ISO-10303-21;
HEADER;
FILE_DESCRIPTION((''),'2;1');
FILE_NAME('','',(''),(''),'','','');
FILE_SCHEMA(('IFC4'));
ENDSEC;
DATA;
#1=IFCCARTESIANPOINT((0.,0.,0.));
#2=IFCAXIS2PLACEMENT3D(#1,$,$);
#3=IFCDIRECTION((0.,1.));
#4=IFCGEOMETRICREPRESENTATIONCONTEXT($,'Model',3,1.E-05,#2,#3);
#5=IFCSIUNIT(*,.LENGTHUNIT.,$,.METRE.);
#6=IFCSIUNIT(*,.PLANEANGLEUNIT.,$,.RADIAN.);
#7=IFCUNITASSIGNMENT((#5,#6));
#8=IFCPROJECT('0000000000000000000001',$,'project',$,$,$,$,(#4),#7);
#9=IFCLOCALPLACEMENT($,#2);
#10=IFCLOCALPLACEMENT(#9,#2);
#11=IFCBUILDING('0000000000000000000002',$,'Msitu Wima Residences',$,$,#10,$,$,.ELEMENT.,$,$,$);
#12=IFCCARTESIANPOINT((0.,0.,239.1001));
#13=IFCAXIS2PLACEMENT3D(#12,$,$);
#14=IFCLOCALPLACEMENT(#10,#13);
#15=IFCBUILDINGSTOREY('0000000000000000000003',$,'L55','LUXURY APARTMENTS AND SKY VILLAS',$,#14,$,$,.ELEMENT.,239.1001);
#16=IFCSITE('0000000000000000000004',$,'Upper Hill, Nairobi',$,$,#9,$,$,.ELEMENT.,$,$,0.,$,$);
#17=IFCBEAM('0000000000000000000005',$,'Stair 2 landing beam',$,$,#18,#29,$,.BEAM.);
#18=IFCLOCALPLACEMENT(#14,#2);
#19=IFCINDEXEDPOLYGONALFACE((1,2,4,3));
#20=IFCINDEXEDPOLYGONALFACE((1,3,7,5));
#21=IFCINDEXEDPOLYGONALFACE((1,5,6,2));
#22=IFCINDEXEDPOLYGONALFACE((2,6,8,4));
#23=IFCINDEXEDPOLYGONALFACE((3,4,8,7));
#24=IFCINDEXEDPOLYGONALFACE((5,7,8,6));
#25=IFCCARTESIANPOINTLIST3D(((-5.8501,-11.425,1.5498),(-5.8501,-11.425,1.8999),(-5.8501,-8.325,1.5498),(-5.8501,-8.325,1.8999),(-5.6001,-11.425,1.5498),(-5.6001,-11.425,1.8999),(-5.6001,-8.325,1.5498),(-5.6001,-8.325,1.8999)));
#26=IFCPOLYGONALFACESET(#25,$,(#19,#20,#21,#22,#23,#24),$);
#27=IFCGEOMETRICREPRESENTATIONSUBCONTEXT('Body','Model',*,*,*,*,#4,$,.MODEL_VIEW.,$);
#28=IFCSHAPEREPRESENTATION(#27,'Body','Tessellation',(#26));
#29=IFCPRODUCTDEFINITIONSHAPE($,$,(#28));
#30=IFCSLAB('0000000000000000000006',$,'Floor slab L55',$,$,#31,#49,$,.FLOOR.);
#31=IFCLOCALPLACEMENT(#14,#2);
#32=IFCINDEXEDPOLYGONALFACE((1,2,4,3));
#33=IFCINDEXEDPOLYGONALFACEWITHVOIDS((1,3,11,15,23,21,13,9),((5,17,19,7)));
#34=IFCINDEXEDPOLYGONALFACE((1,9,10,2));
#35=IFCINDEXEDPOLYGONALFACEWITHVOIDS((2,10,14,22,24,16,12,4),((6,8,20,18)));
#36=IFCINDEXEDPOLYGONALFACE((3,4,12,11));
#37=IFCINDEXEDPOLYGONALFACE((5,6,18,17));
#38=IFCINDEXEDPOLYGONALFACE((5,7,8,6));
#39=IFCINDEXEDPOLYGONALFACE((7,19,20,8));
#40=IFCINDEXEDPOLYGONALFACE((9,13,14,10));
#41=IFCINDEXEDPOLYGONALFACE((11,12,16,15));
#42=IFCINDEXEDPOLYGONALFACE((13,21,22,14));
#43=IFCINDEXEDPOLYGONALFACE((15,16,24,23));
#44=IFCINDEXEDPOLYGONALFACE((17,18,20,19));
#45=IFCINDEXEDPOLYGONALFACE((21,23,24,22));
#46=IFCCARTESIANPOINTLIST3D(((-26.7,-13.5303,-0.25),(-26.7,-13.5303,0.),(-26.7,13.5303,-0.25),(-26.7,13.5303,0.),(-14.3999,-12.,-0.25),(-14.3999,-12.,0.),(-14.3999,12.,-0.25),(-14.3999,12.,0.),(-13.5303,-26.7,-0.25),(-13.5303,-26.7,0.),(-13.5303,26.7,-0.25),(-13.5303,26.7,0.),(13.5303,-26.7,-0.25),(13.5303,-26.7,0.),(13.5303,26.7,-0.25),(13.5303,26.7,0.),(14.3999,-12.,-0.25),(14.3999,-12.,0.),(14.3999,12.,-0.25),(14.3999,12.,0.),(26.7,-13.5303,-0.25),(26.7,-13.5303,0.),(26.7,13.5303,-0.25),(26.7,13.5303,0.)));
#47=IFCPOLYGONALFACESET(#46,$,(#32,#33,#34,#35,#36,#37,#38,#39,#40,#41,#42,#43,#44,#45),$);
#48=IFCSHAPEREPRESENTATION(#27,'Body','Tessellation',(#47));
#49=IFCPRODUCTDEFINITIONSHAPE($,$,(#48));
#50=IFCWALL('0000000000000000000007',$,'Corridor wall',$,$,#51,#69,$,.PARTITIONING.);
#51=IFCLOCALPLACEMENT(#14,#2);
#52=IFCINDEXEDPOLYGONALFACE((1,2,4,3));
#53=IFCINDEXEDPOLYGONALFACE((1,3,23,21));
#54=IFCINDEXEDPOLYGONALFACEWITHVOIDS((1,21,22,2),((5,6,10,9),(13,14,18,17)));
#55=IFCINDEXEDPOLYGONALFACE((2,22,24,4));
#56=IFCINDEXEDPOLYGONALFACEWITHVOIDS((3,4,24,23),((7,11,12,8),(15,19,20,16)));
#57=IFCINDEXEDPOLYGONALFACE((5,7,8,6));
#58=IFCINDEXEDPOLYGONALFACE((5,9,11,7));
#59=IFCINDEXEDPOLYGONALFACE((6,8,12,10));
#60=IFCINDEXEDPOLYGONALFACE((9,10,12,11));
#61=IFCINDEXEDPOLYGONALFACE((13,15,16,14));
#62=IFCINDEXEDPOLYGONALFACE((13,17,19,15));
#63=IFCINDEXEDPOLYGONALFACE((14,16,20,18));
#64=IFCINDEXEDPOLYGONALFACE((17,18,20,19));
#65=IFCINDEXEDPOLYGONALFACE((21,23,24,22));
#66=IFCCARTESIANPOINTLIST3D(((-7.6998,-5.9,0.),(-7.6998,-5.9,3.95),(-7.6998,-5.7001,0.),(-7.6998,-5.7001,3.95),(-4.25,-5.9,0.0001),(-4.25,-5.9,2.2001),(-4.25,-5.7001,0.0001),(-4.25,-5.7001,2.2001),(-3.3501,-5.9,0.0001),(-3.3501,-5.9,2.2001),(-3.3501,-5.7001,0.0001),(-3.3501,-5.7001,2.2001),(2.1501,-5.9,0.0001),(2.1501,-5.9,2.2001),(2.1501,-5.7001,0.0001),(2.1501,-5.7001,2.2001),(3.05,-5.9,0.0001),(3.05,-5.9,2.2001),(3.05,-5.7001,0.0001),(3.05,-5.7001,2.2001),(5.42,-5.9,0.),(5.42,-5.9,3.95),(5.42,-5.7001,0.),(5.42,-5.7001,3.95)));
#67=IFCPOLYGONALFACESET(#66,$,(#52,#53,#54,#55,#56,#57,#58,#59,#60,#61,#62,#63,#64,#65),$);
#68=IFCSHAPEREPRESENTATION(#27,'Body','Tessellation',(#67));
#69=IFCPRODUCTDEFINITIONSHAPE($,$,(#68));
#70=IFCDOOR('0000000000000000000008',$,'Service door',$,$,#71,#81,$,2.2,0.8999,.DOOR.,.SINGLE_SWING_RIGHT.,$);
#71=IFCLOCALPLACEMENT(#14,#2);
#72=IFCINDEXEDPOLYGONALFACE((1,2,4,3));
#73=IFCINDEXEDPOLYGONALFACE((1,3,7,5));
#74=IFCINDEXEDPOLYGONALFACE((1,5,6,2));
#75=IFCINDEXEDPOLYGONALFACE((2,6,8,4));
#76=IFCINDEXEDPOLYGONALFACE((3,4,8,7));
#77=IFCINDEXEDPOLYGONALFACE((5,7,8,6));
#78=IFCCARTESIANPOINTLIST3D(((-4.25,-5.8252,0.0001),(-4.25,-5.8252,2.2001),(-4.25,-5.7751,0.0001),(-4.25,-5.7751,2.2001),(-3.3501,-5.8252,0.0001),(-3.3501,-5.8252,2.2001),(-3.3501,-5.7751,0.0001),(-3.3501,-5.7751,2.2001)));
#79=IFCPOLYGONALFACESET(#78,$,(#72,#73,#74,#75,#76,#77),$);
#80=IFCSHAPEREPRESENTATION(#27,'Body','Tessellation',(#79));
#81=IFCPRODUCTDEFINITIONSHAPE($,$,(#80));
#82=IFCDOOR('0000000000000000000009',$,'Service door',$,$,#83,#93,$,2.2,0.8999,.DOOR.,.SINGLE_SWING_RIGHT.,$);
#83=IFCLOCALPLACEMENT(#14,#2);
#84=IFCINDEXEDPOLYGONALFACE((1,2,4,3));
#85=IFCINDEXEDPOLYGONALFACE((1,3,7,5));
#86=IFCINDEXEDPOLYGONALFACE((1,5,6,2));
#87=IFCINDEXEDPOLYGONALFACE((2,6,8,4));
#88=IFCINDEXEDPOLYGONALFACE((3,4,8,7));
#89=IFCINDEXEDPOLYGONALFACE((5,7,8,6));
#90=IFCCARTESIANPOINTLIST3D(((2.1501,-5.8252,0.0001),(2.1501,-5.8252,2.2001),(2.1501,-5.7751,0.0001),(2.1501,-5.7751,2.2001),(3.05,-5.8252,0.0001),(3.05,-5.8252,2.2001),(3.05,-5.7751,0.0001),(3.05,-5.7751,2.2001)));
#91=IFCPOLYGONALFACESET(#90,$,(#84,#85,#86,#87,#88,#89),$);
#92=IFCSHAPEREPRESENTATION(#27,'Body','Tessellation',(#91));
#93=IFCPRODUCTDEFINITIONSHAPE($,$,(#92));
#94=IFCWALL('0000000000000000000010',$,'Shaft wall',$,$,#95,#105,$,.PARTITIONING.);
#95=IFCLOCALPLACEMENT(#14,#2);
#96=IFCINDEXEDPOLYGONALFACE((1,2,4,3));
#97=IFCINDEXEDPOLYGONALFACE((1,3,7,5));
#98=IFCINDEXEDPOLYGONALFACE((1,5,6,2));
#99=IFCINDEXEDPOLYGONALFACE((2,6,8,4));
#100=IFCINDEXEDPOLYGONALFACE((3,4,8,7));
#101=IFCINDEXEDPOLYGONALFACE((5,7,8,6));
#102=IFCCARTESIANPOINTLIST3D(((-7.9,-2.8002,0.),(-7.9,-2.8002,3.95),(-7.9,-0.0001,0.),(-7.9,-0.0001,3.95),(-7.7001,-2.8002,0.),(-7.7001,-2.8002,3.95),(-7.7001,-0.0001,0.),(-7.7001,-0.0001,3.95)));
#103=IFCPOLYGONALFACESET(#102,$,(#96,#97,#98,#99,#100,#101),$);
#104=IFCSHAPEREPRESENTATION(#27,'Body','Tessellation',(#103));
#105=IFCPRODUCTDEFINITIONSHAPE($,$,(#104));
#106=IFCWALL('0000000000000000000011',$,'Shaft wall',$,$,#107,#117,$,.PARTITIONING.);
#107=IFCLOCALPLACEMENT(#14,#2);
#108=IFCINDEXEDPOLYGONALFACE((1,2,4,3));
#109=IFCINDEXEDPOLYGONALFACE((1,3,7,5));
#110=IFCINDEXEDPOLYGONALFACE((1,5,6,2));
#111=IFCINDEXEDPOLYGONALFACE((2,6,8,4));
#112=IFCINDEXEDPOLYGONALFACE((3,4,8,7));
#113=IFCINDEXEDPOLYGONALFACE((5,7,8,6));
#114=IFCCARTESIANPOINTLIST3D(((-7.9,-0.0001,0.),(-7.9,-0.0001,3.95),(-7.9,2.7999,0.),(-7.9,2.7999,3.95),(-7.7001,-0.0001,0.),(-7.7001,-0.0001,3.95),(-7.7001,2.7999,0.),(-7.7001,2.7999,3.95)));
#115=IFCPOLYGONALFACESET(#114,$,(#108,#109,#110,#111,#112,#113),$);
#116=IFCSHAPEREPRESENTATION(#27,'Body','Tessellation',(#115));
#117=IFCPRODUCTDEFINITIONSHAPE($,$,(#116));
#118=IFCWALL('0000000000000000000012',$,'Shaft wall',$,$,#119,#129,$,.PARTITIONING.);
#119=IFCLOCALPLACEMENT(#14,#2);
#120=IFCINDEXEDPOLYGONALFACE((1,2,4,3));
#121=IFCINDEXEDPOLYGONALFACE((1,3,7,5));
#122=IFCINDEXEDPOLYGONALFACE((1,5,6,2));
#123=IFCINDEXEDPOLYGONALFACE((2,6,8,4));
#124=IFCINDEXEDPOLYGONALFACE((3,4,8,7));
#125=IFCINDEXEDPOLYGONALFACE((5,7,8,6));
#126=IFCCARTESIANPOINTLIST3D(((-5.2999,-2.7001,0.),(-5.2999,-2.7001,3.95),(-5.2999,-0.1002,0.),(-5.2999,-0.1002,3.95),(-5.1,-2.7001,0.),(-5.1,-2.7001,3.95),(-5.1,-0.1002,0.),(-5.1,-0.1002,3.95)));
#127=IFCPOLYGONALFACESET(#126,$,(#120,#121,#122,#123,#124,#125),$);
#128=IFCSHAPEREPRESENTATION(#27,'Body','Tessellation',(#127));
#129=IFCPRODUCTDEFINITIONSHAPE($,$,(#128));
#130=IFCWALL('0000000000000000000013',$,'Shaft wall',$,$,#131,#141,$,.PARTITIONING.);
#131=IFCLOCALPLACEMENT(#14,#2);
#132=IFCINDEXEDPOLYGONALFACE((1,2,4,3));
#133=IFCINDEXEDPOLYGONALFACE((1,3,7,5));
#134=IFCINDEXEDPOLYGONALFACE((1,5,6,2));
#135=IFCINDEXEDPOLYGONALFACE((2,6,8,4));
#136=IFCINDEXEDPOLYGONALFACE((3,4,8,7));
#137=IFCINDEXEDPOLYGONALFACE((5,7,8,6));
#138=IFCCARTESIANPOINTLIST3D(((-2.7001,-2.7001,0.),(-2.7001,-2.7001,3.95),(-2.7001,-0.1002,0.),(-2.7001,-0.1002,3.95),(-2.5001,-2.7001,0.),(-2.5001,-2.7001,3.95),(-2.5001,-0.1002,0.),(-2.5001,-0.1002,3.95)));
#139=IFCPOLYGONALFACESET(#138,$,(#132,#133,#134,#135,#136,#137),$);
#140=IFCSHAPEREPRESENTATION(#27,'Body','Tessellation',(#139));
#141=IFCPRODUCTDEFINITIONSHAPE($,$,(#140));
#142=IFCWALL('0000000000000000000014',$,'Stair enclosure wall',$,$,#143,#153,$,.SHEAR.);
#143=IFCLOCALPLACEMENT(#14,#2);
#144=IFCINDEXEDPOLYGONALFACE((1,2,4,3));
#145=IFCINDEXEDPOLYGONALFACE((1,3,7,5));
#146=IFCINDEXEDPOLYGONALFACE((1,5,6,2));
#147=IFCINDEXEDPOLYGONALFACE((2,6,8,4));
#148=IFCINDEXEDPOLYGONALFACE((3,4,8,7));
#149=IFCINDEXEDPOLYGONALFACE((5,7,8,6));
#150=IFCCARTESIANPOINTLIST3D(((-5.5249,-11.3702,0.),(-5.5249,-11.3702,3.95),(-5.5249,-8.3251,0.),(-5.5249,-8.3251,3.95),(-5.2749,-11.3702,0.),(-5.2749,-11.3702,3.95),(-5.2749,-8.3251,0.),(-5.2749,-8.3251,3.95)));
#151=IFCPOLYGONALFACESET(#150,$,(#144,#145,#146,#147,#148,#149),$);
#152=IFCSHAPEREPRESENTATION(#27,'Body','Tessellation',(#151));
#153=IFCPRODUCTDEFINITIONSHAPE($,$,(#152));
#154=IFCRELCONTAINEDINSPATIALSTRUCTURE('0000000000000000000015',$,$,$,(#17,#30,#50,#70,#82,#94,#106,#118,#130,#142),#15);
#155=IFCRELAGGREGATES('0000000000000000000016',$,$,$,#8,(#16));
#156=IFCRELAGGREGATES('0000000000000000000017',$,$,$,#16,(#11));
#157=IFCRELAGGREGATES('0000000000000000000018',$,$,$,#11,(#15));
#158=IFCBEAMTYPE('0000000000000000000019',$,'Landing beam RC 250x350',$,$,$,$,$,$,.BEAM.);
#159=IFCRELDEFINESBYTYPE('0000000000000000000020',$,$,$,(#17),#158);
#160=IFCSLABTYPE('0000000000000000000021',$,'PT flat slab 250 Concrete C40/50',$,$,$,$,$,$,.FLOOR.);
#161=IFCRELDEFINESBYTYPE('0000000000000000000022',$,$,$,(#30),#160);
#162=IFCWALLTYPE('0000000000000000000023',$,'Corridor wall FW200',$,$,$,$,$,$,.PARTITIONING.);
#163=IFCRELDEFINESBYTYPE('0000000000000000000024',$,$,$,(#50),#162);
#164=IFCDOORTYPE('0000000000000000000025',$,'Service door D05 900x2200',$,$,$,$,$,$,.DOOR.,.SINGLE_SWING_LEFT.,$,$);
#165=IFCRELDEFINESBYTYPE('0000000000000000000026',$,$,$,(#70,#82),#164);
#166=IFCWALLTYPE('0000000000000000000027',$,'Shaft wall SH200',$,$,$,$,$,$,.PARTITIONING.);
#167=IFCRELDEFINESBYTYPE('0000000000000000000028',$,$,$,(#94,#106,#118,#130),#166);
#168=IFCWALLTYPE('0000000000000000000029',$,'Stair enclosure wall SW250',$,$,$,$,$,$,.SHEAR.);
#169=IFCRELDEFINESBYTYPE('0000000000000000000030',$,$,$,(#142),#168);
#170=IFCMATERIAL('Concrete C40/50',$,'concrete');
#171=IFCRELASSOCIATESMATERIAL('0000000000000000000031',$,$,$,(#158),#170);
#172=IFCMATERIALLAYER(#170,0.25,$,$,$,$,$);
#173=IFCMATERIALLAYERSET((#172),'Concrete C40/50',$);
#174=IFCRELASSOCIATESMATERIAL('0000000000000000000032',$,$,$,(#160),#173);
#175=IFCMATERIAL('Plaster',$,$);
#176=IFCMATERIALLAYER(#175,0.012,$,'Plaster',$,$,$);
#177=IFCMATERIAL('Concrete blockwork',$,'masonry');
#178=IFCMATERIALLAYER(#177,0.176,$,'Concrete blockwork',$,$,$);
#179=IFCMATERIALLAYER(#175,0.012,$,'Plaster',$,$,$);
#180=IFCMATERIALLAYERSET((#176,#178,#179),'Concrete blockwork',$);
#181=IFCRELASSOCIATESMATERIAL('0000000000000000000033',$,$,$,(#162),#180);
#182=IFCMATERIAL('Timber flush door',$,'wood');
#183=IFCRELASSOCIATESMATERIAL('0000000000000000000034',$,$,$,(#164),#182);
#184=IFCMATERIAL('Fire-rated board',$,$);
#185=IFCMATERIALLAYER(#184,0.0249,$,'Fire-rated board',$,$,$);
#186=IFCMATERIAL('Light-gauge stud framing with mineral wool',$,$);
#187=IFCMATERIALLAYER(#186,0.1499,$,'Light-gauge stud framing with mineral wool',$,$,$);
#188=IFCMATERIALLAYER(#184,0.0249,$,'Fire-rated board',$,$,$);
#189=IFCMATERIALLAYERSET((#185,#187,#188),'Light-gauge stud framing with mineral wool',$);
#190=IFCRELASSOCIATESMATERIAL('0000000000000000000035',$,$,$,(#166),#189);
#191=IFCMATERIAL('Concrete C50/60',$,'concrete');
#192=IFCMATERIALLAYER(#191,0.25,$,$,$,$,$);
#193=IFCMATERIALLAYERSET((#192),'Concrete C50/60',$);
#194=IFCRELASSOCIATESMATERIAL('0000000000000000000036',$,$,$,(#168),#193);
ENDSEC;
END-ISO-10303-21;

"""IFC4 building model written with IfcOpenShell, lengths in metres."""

from ifc_helpers import new_model, si_unit, direction, frame, frame_2d, origin, origin_2d, place, context, subcontext, project, spatial, polyline, rectangle, outline, extrude, material, layer, layer_set, material_profile, profile_set, type_object, element, fill, save


model = new_model("IFC4")

# Units and contexts
model_context = context("Model", 3, precision=1e-05, world=origin(), true_north=direction((0.0, 1.0)))
body_context = subcontext(model_context, "Body", "Model", "MODEL_VIEW")
ifc_project = project(units=[si_unit("LENGTHUNIT", "METRE"), si_unit("PLANEANGLEUNIT", "RADIAN")], contexts=[model_context])

# Site, building, storey
site_placement = place(None, origin())
site = spatial("IfcSite", under=ifc_project, at=site_placement, Name="Upper Hill, Nairobi", CompositionType="ELEMENT", RefElevation=0.0)
building_placement = place(site_placement, origin())
building = spatial("IfcBuilding", under=site, at=building_placement, Name="Msitu Wima Residences", CompositionType="ELEMENT")
storey_placement = place(building_placement, frame((0.0, 0.0, 239.1001)))
storey = spatial("IfcBuildingStorey", under=building, at=storey_placement, Name="L55", Description="LUXURY APARTMENTS AND SKY VILLAS", CompositionType="ELEMENT", Elevation=239.1001)

# Beam
ifc_material_1 = material(Name="Concrete C40/50", Category="concrete")
ifc_material_profile = material_profile(ifc_material_1, rectangle(XDim=0.25, YDim=0.3501, at=origin_2d()), Name="RC 250x350")
ifc_profile_set = profile_set([ifc_material_profile], Name="Concrete C40/50")
beam_type = type_object("IfcBeamType", Name="Landing beam RC 250x350", PredefinedType="BEAM", material=ifc_profile_set)
beam_placement = place(storey_placement, frame((-5.7251, -11.425, 1.7249), z_axis=(0.0, 1.0, 0.0), x_axis=(-1.0, 0.0, 0.0)))
element("IfcBeam", 1, at=beam_placement, inside=storey, type_object=beam_type, Name="Stair 2 landing beam", PredefinedType="BEAM", context=body_context, shape_type="SweptSolid", body=[
    extrude(rectangle(XDim=0.25, YDim=0.3501, at=origin_2d()), origin(), (0.0, 0.0, 1.0), 3.1001),
])

# Slab
ifc_layer_1 = layer(ifc_material_1, 0.25)
ifc_layer_set_1 = layer_set([ifc_layer_1], Name="Concrete C40/50")
slab_type = type_object("IfcSlabType", Name="PT flat slab 250 Concrete C40/50", PredefinedType="FLOOR", material=ifc_layer_set_1)
slab_placement = place(storey_placement, frame((0.0, 0.0, -0.25)))
element("IfcSlab", 2, at=slab_placement, inside=storey, type_object=slab_type, Name="Floor slab L55", PredefinedType="FLOOR", context=body_context, shape_type="SweptSolid", body=[
    extrude(outline(polyline([(26.7, -13.5303), (13.5303, -26.7), (-13.5303, -26.7), (-26.7, -13.5303), (-26.7, 13.5303), (-13.5303, 26.7), (13.5303, 26.7), (26.7, 13.5303), (26.7, -13.5303)]), holes=[polyline([(-14.3999, -12.0), (14.3999, -12.0), (14.3999, 12.0), (-14.3999, 12.0), (-14.3999, -12.0)])]), origin(), (0.0, 0.0, 1.0), 0.25),
])

# Shared definitions
ifc_material_2 = material(Name="Plaster")
ifc_layer_2 = layer(ifc_material_2, 0.012, Name="Plaster")
ifc_material_3 = material(Name="Concrete blockwork", Category="masonry")
ifc_layer_3 = layer(ifc_material_3, 0.176, Name="Concrete blockwork")
ifc_layer_4 = layer(ifc_material_2, 0.012, Name="Plaster")
ifc_layer_set_2 = layer_set([ifc_layer_2, ifc_layer_3, ifc_layer_4], Name="Concrete blockwork")
wall_type_1 = type_object("IfcWallType", Name="Corridor wall FW200", PredefinedType="PARTITIONING", material=ifc_layer_set_2)

# Wall, openings, doors
wall_1_placement = place(storey_placement, frame((-7.7, -5.8, 0.0), z_axis=(0.0, 0.0, 1.0), x_axis=(1.0, 0.0, 0.0)))
wall_1 = element("IfcWall", 3, at=wall_1_placement, inside=storey, type_object=wall_type_1, Name="Corridor wall", PredefinedType="PARTITIONING", context=body_context, shape_type="SweptSolid", body=[
    extrude(rectangle(XDim=13.1199, YDim=0.2, at=frame_2d((6.5601, 0.0))), origin(), (0.0, 0.0, 1.0), 3.95),
])
opening_1_placement = place(wall_1_placement, frame((3.45, 0.0, 0.0)))
opening_1 = element("IfcOpeningElement", 4, at=opening_1_placement, cuts=wall_1, PredefinedType="OPENING", context=body_context, shape_type="SweptSolid", body=[
    extrude(rectangle(XDim=0.8999, YDim=2.2, at=frame_2d((0.45, 1.1001))), frame((0.0, 0.1099, 0.0), z_axis=(0.0, -1.0, 0.0), x_axis=(1.0, 0.0, 0.0)), (0.0, 0.0, 1.0), 0.22),
])
opening_2_placement = place(wall_1_placement, frame((9.8501, 0.0, 0.0)))
opening_2 = element("IfcOpeningElement", 5, at=opening_2_placement, cuts=wall_1, PredefinedType="OPENING", context=body_context, shape_type="SweptSolid", body=[
    extrude(rectangle(XDim=0.8999, YDim=2.2, at=frame_2d((0.45, 1.1001))), frame((0.0, 0.1099, 0.0), z_axis=(0.0, -1.0, 0.0), x_axis=(1.0, 0.0, 0.0)), (0.0, 0.0, 1.0), 0.22),
])
ifc_material_4 = material(Name="Timber flush door", Category="wood")
door_type_1 = type_object("IfcDoorType", Name="Service door D05 900x2200", OperationType="SINGLE_SWING_LEFT", PredefinedType="DOOR", material=ifc_material_4)
door_1_placement = place(opening_1_placement, origin())
door_1 = element("IfcDoor", 6, at=door_1_placement, inside=storey, type_object=door_type_1, Name="Service door", OperationType="SINGLE_SWING_RIGHT", OverallHeight=2.2, OverallWidth=0.8999, PredefinedType="DOOR", context=body_context, shape_type="SweptSolid", body=[
    extrude(rectangle(XDim=0.8999, YDim=2.2, at=frame_2d((0.45, 1.1001))), frame((0.0, 0.0249, 0.0), z_axis=(0.0, -1.0, 0.0), x_axis=(1.0, 0.0, 0.0)), (0.0, 0.0, 1.0), 0.05),
])
fill(opening_1, door_1)
door_2_placement = place(opening_2_placement, origin())
door_2 = element("IfcDoor", 7, at=door_2_placement, inside=storey, type_object=door_type_1, Name="Service door", OperationType="SINGLE_SWING_RIGHT", OverallHeight=2.2, OverallWidth=0.8999, PredefinedType="DOOR", context=body_context, shape_type="SweptSolid", body=[
    extrude(rectangle(XDim=0.8999, YDim=2.2, at=frame_2d((0.45, 1.1001))), frame((0.0, 0.0249, 0.0), z_axis=(0.0, -1.0, 0.0), x_axis=(1.0, 0.0, 0.0)), (0.0, 0.0, 1.0), 0.05),
])
fill(opening_2, door_2)

# Walls
ifc_material_5 = material(Name="Fire-rated board")
ifc_layer_5 = layer(ifc_material_5, 0.0249, Name="Fire-rated board")
ifc_material_6 = material(Name="Light-gauge stud framing with mineral wool")
ifc_layer_6 = layer(ifc_material_6, 0.1499, Name="Light-gauge stud framing with mineral wool")
ifc_layer_7 = layer(ifc_material_5, 0.0249, Name="Fire-rated board")
ifc_layer_set_3 = layer_set([ifc_layer_5, ifc_layer_6, ifc_layer_7], Name="Light-gauge stud framing with mineral wool")
wall_type_2 = type_object("IfcWallType", Name="Shaft wall SH200", PredefinedType="PARTITIONING", material=ifc_layer_set_3)
for number, where, z_axis, x_axis, name in (
    (8, (-7.8, -2.8, 0.0), (0.0, 0.0, 1.0), (0.0, 1.0, 0.0), "Shaft wall"),
    (9, (-7.8, 0.0, 0.0), (0.0, 0.0, 1.0), (0.0, 1.0, 0.0), "Shaft wall"),
):
    element("IfcWall", number, at=place(storey_placement, frame(where, z_axis=z_axis, x_axis=x_axis)), inside=storey, type_object=wall_type_2, Name=name, PredefinedType="PARTITIONING", context=body_context, shape_type="SweptSolid", body=[
        extrude(rectangle(XDim=2.8, YDim=0.2, at=frame_2d((1.3999, 0.0))), origin(), (0.0, 0.0, 1.0), 3.95),
    ])
for number, where, z_axis, x_axis, name in (
    (10, (-5.2, -2.7, 0.0), (0.0, 0.0, 1.0), (0.0, 1.0, 0.0), "Shaft wall"),
    (11, (-2.6001, -2.7, 0.0), (0.0, 0.0, 1.0), (0.0, 1.0, 0.0), "Shaft wall"),
):
    element("IfcWall", number, at=place(storey_placement, frame(where, z_axis=z_axis, x_axis=x_axis)), inside=storey, type_object=wall_type_2, Name=name, PredefinedType="PARTITIONING", context=body_context, shape_type="SweptSolid", body=[
        extrude(rectangle(XDim=2.5999, YDim=0.2, at=frame_2d((1.2998, 0.0))), origin(), (0.0, 0.0, 1.0), 3.95),
    ])
ifc_material_7 = material(Name="Concrete C50/60", Category="concrete")
ifc_layer_8 = layer(ifc_material_7, 0.25)
ifc_layer_set_4 = layer_set([ifc_layer_8], Name="Concrete C50/60")
wall_type_3 = type_object("IfcWallType", Name="Stair enclosure wall SW250", PredefinedType="SHEAR", material=ifc_layer_set_4)
wall_2_placement = place(storey_placement, frame((-5.3999, -11.3701, 0.0), z_axis=(0.0, 0.0, 1.0), x_axis=(0.0, 1.0, 0.0)))
element("IfcWall", 12, at=wall_2_placement, inside=storey, type_object=wall_type_3, Name="Stair enclosure wall", PredefinedType="SHEAR", context=body_context, shape_type="SweptSolid", body=[
    extrude(rectangle(XDim=3.0452, YDim=0.25, at=frame_2d((1.5225, 0.0))), origin(), (0.0, 0.0, 1.0), 3.95),
])

save(model, "model.ifc")
